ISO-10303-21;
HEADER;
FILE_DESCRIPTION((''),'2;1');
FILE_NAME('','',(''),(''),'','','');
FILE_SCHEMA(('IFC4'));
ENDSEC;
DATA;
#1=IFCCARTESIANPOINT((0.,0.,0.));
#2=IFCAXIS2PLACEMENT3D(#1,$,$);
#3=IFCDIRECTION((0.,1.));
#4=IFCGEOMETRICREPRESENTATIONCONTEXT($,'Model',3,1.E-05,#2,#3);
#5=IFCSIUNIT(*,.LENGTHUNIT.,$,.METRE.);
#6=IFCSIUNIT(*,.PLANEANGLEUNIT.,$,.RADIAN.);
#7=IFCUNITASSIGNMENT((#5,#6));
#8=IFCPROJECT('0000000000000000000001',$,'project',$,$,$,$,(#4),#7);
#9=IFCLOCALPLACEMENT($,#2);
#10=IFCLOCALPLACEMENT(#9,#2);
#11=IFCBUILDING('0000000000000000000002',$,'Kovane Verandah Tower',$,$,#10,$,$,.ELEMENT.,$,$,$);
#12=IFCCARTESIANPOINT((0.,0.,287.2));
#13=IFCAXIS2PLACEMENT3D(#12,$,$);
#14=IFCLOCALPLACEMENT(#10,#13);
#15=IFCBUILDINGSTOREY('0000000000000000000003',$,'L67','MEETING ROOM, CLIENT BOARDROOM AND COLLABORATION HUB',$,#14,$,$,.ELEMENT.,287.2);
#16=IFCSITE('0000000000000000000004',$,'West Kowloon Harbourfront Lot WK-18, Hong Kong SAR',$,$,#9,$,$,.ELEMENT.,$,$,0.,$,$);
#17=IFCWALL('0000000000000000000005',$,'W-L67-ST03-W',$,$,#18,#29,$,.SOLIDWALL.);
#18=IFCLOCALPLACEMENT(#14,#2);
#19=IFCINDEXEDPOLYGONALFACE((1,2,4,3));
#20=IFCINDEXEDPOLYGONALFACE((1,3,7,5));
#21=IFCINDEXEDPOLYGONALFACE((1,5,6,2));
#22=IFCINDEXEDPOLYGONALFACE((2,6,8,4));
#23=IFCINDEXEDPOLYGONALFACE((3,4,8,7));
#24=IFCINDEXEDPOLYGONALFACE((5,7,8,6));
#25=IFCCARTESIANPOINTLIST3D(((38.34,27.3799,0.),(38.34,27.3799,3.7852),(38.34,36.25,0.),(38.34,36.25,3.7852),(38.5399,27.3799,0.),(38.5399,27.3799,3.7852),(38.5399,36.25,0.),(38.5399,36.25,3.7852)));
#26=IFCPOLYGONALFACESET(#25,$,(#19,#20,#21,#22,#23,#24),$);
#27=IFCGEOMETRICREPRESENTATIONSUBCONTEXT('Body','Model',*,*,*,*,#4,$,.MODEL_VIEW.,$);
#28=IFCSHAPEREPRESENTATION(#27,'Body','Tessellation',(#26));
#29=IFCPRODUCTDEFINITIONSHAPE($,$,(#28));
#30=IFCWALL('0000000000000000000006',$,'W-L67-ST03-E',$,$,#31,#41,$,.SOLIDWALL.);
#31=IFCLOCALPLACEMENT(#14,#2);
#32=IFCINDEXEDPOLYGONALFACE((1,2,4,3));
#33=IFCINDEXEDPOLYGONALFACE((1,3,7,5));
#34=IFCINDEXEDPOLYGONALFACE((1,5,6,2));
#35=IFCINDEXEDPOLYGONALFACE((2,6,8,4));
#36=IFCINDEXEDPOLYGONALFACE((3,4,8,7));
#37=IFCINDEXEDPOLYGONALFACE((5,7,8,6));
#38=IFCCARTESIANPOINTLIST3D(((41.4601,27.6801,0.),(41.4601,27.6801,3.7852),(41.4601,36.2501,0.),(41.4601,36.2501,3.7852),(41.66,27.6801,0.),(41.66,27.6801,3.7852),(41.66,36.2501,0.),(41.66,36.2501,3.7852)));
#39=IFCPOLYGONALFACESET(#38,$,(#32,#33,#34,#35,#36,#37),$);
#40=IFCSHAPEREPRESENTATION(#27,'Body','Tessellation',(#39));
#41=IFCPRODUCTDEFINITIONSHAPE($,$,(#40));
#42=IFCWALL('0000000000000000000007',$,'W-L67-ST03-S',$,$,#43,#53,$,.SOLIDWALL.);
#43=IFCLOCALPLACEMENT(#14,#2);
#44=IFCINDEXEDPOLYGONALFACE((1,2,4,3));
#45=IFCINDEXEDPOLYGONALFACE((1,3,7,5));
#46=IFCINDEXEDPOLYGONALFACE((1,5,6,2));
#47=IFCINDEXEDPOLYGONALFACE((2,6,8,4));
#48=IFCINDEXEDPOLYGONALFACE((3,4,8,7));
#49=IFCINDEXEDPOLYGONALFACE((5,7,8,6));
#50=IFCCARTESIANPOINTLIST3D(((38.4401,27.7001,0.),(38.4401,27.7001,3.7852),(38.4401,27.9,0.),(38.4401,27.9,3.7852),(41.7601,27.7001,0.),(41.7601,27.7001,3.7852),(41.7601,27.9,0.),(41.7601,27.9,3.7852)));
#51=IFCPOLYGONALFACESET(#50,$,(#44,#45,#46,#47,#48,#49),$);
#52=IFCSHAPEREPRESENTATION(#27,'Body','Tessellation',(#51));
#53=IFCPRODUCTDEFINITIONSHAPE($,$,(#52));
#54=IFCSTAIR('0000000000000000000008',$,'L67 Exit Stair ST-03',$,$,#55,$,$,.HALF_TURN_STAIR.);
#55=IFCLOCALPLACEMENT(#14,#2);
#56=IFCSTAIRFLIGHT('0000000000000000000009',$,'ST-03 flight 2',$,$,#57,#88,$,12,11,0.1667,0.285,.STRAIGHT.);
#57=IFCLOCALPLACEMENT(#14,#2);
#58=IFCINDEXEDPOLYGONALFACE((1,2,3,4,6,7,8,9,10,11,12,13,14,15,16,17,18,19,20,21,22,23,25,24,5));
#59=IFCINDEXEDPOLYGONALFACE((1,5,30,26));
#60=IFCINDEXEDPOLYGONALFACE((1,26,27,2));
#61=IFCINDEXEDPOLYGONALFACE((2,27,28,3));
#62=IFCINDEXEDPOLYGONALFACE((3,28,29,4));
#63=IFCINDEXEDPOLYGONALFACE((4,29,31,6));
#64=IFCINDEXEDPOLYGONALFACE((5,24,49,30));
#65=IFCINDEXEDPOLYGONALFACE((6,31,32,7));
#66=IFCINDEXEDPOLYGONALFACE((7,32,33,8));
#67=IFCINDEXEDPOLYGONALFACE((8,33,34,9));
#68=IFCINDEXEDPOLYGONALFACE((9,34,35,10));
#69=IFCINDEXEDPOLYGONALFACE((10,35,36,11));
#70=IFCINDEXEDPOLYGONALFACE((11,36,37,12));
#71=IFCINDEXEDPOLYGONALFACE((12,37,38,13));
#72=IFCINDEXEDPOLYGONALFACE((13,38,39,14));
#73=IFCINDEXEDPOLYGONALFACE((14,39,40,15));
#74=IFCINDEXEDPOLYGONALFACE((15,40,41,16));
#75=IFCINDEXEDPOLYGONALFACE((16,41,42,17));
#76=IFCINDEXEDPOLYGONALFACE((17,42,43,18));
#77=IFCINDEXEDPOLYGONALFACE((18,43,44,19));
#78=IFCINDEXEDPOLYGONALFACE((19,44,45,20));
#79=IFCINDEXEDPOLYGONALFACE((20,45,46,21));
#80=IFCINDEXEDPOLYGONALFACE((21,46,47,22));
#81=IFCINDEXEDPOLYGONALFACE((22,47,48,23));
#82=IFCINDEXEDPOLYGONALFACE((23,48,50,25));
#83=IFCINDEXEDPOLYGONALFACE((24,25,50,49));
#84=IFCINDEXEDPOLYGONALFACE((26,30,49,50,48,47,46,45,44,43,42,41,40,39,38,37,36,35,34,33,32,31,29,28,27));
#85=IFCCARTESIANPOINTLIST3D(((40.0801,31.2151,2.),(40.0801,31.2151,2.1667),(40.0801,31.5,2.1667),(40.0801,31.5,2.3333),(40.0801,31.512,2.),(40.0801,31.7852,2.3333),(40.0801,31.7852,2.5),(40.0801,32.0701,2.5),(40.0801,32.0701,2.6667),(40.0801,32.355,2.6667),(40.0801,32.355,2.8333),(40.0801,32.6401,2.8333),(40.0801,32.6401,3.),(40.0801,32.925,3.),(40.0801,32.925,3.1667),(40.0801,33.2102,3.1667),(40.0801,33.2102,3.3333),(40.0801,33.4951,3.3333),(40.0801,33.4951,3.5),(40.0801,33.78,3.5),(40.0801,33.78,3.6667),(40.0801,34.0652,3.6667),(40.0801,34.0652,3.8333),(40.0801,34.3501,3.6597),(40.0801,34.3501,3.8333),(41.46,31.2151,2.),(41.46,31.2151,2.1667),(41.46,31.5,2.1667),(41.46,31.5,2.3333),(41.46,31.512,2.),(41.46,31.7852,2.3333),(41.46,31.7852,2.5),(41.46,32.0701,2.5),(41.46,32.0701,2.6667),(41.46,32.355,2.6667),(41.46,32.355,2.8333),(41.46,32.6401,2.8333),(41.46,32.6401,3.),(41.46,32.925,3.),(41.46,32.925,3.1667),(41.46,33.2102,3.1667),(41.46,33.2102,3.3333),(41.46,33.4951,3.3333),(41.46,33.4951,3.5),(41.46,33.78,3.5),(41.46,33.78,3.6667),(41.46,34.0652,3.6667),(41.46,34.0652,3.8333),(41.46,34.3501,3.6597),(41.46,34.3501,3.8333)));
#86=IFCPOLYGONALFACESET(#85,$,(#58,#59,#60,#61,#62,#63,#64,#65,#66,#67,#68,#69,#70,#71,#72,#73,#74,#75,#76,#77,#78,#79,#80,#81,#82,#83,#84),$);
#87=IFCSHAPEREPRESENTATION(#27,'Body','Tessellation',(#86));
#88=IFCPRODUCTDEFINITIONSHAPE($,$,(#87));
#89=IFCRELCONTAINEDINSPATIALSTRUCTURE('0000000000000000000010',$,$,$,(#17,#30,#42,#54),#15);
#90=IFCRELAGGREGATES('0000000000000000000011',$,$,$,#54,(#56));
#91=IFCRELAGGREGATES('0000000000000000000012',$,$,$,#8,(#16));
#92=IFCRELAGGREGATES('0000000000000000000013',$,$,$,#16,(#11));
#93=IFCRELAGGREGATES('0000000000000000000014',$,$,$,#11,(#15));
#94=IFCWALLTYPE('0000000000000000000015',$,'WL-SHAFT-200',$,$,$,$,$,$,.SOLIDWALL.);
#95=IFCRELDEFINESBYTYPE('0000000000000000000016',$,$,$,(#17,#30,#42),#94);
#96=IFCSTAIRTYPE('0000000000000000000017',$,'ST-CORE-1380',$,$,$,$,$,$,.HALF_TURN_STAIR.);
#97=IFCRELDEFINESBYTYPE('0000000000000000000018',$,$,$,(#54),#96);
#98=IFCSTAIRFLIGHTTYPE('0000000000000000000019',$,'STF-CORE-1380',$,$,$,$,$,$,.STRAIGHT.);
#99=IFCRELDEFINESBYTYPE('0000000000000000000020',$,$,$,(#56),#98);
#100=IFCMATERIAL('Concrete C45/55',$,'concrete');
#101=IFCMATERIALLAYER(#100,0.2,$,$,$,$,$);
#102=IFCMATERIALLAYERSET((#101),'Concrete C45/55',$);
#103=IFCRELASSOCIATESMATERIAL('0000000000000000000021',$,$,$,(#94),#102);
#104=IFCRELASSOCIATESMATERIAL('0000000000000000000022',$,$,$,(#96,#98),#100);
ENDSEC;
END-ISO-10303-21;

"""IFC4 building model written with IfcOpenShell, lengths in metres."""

from ifc_helpers import new_model, si_unit, direction, frame, frame_2d, origin, place, context, subcontext, project, spatial, polyline, rectangle, outline, extrude, material, layer, layer_set, type_object, element, aggregate, save


model = new_model("IFC4")

# Units and contexts
model_context = context("Model", 3, precision=1e-05, world=origin(), true_north=direction((0.0, 1.0)))
body_context = subcontext(model_context, "Body", "Model", "MODEL_VIEW")
ifc_project = project(units=[si_unit("LENGTHUNIT", "METRE"), si_unit("PLANEANGLEUNIT", "RADIAN")], contexts=[model_context])

# Site, building, storey
site_placement = place(None, origin())
site = spatial("IfcSite", under=ifc_project, at=site_placement, Name="West Kowloon Harbourfront Lot WK-18, Hong Kong SAR", CompositionType="ELEMENT", RefElevation=0.0)
building_placement = place(site_placement, origin())
building = spatial("IfcBuilding", under=site, at=building_placement, Name="Kovane Verandah Tower", CompositionType="ELEMENT")
storey_placement = place(building_placement, frame((0.0, 0.0, 287.2)))
storey = spatial("IfcBuildingStorey", under=building, at=storey_placement, Name="L67", Description="MEETING ROOM, CLIENT BOARDROOM AND COLLABORATION HUB", CompositionType="ELEMENT", Elevation=287.2)

# Walls
ifc_material_1 = material(Name="Concrete C45/55", Category="concrete")
ifc_layer_1 = layer(ifc_material_1, 0.2)
ifc_layer_set_1 = layer_set([ifc_layer_1], Name="Concrete C45/55")
wall_type_1 = type_object("IfcWallType", Name="WL-SHAFT-200", PredefinedType="SOLIDWALL", material=ifc_layer_set_1)
wall_1_placement = place(storey_placement, frame((38.4399, 27.3799, 0.0), z_axis=(0.0, 0.0, 1.0), x_axis=(0.0, 1.0, 0.0)))
element("IfcWall", 1, at=wall_1_placement, inside=storey, type_object=wall_type_1, Name="W-L67-ST03-W", PredefinedType="SOLIDWALL", context=body_context, shape_type="SweptSolid", body=[
    extrude(rectangle(XDim=8.8701, YDim=0.2, at=frame_2d((4.4351, 0.0))), origin(), (0.0, 0.0, 1.0), 3.7852),
])
wall_2_placement = place(storey_placement, frame((41.5601, 27.6799, 0.0), z_axis=(0.0, 0.0, 1.0), x_axis=(0.0, 1.0, 0.0)))
element("IfcWall", 2, at=wall_2_placement, inside=storey, type_object=wall_type_1, Name="W-L67-ST03-E", PredefinedType="SOLIDWALL", context=body_context, shape_type="SweptSolid", body=[
    extrude(rectangle(XDim=8.5701, YDim=0.2, at=frame_2d((4.2852, 0.0))), origin(), (0.0, 0.0, 1.0), 3.7852),
])
wall_3_placement = place(storey_placement, frame((38.4399, 27.8, 0.0), z_axis=(0.0, 0.0, 1.0), x_axis=(1.0, 0.0, 0.0)))
element("IfcWall", 3, at=wall_3_placement, inside=storey, type_object=wall_type_1, Name="W-L67-ST03-S", PredefinedType="SOLIDWALL", context=body_context, shape_type="SweptSolid", body=[
    extrude(rectangle(XDim=3.3201, YDim=0.2, at=frame_2d((1.6602, 0.0))), origin(), (0.0, 0.0, 1.0), 3.7852),
])

# Stair, stair flight
stair_type = type_object("IfcStairType", Name="ST-CORE-1380", PredefinedType="HALF_TURN_STAIR", material=ifc_material_1)
stair_placement = place(storey_placement, origin())
stair = element("IfcStair", 4, at=stair_placement, inside=storey, type_object=stair_type, Name="L67 Exit Stair ST-03", PredefinedType="HALF_TURN_STAIR")
stair_flight_type = type_object("IfcStairFlightType", Name="STF-CORE-1380", PredefinedType="STRAIGHT", material=ifc_material_1)
stair_flight_placement = place(storey_placement, frame((40.77, 31.2151, 2.0), z_axis=(0.0, 0.0, 1.0), x_axis=(0.0, 1.0, 0.0)))
stair_flight = element("IfcStairFlight", 5, at=stair_flight_placement, type_object=stair_flight_type, Name="ST-03 flight 2", NumberOfRisers=12, NumberOfTreads=11, PredefinedType="STRAIGHT", RiserHeight=0.1667, TreadLength=0.285, context=body_context, shape_type="SweptSolid", body=[
    extrude(outline(polyline([(0.0, 0.0), (0.0, 0.1667), (0.2849, 0.1667), (0.2849, 0.3333), (0.5701, 0.3333), (0.5701, 0.5), (0.855, 0.5), (0.855, 0.6667), (1.1399, 0.6667), (1.1399, 0.8333), (1.425, 0.8333), (1.425, 1.0), (1.71, 1.0), (1.71, 1.1667), (1.9951, 1.1667), (1.9951, 1.3333), (2.28, 1.3333), (2.28, 1.5), (2.5649, 1.5), (2.5649, 1.6667), (2.8501, 1.6667), (2.8501, 1.8333), (3.135, 1.8333), (3.135, 2.0), (3.135, 1.6597), (0.2969, 0.0), (0.0, 0.0)])), frame((0.0, 0.6899, 0.0), z_axis=(0.0, -1.0, 0.0), x_axis=(1.0, 0.0, 0.0)), (0.0, 0.0, 1.0), 1.3799),
])
aggregate(stair, [stair_flight])

save(model, "model.ifc")
